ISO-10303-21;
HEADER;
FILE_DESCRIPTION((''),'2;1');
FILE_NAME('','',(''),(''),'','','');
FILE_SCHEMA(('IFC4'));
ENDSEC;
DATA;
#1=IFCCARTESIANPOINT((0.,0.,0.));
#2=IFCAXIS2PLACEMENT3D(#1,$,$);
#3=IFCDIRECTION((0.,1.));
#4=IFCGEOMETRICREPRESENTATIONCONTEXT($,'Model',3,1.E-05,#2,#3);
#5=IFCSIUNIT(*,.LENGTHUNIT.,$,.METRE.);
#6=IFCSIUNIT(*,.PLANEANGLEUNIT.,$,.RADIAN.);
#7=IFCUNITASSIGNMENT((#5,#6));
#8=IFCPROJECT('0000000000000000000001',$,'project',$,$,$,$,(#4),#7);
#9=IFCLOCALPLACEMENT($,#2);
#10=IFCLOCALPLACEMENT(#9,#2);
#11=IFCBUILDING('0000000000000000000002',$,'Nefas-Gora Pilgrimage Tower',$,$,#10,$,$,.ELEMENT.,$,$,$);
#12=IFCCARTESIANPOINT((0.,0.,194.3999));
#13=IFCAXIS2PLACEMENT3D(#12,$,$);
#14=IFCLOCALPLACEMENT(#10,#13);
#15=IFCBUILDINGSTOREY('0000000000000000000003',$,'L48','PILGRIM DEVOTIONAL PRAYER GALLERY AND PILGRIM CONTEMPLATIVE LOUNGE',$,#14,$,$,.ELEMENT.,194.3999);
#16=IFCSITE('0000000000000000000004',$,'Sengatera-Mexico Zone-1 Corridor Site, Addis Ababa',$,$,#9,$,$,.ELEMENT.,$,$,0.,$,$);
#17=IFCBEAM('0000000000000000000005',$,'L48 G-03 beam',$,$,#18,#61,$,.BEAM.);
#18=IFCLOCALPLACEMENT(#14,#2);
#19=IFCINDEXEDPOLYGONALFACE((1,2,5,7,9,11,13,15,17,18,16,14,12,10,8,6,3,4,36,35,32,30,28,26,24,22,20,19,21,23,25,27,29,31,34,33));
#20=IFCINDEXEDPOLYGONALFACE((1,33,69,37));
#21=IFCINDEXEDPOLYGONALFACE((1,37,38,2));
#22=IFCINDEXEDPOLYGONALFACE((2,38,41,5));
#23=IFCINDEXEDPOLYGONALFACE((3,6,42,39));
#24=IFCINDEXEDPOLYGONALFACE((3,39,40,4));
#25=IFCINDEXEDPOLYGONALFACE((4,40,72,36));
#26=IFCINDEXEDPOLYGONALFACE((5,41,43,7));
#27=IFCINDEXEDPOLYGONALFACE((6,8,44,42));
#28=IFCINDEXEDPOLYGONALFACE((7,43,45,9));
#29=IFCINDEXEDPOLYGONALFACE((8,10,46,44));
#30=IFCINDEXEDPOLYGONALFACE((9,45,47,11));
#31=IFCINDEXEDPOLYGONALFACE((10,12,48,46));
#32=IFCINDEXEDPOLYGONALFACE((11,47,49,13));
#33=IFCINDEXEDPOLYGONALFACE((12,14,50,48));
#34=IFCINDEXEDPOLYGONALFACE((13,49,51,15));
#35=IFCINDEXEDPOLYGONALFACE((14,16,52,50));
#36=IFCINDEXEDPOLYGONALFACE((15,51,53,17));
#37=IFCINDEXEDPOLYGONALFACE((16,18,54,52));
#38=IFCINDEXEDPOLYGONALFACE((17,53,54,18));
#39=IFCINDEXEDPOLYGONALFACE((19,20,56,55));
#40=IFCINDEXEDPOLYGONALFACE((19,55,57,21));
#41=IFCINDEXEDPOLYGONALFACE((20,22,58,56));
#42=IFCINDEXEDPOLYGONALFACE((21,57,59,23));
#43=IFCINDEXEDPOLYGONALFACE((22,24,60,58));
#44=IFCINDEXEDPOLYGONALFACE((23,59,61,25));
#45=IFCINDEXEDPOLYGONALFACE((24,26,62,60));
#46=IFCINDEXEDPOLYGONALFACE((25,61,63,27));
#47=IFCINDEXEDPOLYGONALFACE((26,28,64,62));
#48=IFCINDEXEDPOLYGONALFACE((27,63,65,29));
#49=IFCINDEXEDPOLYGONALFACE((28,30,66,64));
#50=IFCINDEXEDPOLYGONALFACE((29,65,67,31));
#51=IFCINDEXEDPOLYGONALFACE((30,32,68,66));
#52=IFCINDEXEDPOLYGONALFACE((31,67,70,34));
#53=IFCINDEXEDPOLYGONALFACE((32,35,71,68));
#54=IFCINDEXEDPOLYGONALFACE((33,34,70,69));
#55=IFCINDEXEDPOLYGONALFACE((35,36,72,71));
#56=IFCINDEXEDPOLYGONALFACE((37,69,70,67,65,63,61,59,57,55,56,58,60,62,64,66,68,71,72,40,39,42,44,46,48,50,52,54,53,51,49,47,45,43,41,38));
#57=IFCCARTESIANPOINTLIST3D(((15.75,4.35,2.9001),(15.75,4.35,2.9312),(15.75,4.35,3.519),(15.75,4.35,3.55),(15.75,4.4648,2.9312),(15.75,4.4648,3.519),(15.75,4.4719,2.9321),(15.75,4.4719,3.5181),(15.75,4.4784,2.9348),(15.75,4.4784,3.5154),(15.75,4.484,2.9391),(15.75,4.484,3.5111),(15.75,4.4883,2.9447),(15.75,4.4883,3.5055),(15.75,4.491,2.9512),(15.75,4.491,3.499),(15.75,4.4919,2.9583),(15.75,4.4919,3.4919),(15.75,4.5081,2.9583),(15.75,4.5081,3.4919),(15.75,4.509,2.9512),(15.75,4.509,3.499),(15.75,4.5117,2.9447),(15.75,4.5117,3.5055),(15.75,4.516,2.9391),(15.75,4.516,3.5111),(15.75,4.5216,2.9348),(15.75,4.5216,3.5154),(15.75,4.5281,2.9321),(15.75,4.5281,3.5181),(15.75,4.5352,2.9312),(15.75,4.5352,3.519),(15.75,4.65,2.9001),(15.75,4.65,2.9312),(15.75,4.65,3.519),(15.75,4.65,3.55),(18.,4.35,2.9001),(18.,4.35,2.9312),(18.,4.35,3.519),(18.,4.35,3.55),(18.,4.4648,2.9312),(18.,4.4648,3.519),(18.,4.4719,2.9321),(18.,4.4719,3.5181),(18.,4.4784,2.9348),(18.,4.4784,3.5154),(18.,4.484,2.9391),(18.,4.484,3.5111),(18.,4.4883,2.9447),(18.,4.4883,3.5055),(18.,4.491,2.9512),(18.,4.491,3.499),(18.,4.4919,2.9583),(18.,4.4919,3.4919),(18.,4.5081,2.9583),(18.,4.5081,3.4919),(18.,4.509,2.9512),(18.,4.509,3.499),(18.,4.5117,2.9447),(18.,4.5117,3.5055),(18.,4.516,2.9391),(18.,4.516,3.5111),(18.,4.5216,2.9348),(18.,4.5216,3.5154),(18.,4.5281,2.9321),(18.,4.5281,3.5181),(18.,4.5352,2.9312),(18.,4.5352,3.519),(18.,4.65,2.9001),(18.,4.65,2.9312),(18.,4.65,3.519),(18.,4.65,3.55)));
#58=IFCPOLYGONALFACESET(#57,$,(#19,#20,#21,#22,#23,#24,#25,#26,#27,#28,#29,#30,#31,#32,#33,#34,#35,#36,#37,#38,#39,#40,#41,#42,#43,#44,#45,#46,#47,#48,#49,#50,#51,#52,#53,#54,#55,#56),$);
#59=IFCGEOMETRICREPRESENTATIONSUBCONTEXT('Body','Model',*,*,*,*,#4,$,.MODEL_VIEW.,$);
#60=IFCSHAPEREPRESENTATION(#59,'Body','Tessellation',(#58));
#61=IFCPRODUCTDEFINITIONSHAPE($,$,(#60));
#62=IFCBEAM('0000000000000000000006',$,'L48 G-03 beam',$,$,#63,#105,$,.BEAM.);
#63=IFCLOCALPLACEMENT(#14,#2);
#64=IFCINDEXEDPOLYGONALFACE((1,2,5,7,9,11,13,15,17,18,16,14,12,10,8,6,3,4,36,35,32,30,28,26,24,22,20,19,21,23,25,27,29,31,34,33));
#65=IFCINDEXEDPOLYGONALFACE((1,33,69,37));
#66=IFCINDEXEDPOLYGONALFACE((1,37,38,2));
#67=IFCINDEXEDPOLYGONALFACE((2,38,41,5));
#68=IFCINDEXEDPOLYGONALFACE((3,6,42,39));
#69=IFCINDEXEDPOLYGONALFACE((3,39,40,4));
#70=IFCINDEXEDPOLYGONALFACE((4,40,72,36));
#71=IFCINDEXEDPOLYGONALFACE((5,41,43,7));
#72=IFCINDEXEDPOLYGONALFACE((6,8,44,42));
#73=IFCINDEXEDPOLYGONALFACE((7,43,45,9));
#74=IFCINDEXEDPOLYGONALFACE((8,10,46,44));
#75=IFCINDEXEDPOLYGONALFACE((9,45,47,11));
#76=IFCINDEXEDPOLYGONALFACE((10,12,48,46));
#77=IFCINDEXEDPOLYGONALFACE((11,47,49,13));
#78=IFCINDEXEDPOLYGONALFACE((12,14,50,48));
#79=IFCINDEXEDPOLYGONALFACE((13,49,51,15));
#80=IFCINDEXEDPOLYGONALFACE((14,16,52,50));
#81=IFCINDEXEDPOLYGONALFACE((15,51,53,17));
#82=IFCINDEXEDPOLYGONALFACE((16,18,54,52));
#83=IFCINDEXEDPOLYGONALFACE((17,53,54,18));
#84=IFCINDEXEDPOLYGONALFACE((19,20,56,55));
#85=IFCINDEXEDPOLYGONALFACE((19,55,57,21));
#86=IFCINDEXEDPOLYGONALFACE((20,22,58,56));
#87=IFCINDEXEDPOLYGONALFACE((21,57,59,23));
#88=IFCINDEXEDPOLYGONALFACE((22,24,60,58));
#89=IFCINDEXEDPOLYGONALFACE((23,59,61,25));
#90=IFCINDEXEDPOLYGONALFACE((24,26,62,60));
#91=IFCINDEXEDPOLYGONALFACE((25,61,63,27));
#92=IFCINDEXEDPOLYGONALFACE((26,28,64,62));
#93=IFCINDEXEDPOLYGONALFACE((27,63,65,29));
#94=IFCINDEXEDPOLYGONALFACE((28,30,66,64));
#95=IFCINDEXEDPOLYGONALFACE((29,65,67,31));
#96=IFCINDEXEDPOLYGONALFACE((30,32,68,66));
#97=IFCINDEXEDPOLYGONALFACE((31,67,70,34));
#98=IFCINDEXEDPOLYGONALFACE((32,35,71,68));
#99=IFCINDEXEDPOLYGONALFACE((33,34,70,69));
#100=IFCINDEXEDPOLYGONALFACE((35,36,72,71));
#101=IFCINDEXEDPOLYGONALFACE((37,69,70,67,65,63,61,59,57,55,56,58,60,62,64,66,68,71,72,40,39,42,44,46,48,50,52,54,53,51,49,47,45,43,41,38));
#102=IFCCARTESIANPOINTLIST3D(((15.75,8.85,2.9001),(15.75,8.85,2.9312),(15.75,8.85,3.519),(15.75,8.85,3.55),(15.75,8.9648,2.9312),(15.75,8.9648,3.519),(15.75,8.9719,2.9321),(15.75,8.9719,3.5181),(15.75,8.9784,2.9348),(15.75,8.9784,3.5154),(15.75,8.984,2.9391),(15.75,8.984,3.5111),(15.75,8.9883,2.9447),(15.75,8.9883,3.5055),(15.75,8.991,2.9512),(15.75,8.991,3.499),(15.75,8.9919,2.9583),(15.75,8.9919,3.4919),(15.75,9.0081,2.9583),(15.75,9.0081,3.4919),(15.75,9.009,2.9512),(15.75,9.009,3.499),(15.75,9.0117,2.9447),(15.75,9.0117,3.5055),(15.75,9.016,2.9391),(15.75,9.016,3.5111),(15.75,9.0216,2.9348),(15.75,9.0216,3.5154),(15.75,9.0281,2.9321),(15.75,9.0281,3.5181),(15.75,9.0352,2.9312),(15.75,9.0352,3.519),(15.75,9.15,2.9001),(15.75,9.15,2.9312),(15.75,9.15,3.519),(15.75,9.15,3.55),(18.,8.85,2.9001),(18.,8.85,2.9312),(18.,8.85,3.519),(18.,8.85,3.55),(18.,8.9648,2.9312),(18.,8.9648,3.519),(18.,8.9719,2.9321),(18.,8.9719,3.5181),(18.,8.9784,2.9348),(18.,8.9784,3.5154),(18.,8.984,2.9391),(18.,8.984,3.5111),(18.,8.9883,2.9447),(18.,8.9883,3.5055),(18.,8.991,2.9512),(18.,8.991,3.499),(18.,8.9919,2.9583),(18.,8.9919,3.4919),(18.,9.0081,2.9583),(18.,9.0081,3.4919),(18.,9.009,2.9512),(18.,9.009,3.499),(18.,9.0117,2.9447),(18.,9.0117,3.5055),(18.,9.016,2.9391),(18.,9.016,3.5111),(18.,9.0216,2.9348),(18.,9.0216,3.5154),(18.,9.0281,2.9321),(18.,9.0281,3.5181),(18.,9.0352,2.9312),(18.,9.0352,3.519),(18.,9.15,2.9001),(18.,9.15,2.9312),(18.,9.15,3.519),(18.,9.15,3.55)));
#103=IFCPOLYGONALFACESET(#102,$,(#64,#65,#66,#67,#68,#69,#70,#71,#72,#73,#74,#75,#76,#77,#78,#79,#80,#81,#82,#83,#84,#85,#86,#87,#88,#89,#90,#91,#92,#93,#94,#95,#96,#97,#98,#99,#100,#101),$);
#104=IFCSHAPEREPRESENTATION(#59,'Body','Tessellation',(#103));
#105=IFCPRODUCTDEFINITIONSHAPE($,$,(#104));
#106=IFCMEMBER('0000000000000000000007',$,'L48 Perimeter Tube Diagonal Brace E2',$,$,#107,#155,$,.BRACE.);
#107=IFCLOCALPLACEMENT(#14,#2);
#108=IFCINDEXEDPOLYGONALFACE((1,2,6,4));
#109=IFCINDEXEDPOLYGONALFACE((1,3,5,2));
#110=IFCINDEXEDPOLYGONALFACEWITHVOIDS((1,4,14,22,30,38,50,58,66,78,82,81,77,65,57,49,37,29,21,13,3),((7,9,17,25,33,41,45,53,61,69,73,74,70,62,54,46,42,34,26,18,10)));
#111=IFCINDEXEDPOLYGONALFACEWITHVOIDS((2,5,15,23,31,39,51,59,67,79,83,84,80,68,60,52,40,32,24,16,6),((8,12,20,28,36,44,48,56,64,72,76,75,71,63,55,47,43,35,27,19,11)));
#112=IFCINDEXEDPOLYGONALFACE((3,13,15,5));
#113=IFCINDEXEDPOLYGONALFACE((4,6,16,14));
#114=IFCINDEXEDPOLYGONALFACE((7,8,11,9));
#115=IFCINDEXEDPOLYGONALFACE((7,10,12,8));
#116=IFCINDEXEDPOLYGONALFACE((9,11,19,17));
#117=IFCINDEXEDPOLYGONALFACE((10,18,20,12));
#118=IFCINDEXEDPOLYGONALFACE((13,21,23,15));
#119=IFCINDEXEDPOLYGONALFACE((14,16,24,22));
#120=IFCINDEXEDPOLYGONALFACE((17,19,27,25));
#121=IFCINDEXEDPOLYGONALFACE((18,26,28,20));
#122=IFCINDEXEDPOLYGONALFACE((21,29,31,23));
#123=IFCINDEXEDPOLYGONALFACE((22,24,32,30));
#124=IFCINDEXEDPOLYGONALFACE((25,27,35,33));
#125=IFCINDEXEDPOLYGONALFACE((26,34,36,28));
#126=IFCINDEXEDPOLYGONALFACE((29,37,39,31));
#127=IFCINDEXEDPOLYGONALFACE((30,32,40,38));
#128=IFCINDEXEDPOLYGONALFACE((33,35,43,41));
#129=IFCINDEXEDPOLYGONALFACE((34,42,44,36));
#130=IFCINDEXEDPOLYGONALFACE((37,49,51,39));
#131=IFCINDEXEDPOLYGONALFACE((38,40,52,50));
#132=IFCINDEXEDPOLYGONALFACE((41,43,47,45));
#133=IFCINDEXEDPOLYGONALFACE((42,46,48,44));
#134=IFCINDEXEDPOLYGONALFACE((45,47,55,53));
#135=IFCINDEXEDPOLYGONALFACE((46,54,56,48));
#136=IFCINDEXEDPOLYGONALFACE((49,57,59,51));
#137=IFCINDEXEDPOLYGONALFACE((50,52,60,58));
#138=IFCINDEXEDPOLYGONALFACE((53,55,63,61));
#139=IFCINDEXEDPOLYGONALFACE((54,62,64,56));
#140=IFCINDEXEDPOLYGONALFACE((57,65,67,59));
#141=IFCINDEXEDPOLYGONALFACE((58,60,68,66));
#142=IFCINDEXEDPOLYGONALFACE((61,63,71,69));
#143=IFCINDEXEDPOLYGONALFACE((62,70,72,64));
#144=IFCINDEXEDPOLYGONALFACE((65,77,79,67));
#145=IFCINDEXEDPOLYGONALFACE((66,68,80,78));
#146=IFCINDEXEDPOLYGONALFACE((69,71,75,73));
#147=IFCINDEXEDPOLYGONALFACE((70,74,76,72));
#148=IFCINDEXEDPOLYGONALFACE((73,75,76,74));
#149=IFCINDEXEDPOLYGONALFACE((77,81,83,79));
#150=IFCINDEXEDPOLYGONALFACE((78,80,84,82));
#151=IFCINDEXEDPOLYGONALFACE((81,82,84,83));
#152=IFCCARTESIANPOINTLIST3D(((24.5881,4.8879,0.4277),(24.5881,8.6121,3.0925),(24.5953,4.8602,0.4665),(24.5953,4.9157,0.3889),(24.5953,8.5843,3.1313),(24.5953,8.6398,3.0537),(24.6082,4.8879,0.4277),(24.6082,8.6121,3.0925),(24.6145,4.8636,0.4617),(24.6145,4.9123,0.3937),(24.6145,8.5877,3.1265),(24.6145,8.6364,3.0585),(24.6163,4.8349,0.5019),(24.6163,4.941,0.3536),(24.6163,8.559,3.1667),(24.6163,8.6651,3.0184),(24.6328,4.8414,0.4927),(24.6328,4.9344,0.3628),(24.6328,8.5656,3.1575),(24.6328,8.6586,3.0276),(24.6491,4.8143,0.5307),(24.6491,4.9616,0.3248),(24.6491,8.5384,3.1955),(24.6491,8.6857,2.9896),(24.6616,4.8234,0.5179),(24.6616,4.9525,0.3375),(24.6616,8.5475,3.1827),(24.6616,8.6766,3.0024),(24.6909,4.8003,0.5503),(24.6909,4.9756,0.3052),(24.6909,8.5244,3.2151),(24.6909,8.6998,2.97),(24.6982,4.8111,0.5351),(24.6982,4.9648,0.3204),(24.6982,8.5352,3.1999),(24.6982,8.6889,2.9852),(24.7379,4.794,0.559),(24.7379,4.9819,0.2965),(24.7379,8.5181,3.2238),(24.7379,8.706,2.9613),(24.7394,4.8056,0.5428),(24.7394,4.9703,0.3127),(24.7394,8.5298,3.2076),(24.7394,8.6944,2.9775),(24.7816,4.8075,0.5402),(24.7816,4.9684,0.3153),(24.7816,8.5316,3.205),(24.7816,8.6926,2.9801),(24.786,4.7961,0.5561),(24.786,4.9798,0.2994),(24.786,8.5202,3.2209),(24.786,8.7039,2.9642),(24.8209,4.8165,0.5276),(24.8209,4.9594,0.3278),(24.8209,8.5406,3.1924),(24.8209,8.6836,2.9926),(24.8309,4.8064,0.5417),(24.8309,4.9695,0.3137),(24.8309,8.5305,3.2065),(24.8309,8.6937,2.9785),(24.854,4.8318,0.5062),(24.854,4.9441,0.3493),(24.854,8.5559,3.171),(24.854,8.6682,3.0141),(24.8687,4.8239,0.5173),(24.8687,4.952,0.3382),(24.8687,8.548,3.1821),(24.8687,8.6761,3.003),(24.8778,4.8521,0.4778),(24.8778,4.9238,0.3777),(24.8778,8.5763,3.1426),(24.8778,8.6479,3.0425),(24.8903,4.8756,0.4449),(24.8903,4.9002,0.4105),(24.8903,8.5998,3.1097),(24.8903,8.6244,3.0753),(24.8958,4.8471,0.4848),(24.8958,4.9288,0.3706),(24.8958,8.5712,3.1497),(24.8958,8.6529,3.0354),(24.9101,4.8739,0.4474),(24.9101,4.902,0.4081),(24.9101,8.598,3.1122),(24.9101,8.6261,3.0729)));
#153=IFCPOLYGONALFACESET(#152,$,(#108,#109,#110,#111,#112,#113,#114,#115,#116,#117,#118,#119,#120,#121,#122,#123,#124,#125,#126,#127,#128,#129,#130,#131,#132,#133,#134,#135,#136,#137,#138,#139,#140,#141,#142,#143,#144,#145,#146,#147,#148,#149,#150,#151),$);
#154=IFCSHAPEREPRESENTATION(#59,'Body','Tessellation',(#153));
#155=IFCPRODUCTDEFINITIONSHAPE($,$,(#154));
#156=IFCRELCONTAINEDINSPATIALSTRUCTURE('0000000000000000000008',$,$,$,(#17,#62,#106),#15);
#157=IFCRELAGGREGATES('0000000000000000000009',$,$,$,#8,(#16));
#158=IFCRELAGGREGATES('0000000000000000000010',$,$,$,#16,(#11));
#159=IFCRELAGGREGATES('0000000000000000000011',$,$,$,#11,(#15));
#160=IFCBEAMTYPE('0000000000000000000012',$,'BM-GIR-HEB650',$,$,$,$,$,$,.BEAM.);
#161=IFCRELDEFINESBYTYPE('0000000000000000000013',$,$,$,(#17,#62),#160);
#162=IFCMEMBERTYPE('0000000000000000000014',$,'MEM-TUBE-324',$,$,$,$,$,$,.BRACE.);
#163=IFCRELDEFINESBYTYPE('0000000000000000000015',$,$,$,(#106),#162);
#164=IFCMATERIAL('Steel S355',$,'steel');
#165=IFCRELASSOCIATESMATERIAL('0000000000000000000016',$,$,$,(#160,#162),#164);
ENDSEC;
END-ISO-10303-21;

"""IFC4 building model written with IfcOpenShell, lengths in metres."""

from ifc_helpers import new_model, si_unit, direction, frame, origin, origin_2d, place, context, subcontext, project, spatial, hollow_circle, i_section, extrude, source, transform, mapped, material, material_profile, profile_set, type_object, element, save


model = new_model("IFC4")

# Units and contexts
model_context = context("Model", 3, precision=1e-05, world=origin(), true_north=direction((0.0, 1.0)))
body_context = subcontext(model_context, "Body", "Model", "MODEL_VIEW")
ifc_project = project(units=[si_unit("LENGTHUNIT", "METRE"), si_unit("PLANEANGLEUNIT", "RADIAN")], contexts=[model_context])

# Site, building, storey
site_placement = place(None, origin())
site = spatial("IfcSite", under=ifc_project, at=site_placement, Name="Sengatera-Mexico Zone-1 Corridor Site, Addis Ababa", CompositionType="ELEMENT", RefElevation=0.0)
building_placement = place(site_placement, origin())
building = spatial("IfcBuilding", under=site, at=building_placement, Name="Nefas-Gora Pilgrimage Tower", CompositionType="ELEMENT")
storey_placement = place(building_placement, frame((0.0, 0.0, 194.3999)))
storey = spatial("IfcBuildingStorey", under=building, at=storey_placement, Name="L48", Description="PILGRIM DEVOTIONAL PRAYER GALLERY AND PILGRIM CONTEMPLATIVE LOUNGE", CompositionType="ELEMENT", Elevation=194.3999)

# Beams
ifc_material_1 = material(Name="Steel S355", Category="steel")
ifc_material_profile_1 = material_profile(ifc_material_1, i_section(OverallWidth=0.3, OverallDepth=0.6499, WebThickness=0.0161, FlangeThickness=0.031, FilletRadius=0.0271, at=origin_2d()), Name="HEB 650")
ifc_profile_set_1 = profile_set([ifc_material_profile_1], Name="Steel S355")
beam_type_1 = type_object("IfcBeamType", Name="BM-GIR-HEB650", PredefinedType="BEAM", material=ifc_profile_set_1)
shared_shape_1 = source(origin(), body_context, "Body", "SweptSolid", [
    extrude(i_section(OverallWidth=0.3, OverallDepth=0.6499, WebThickness=0.0161, FlangeThickness=0.031, FilletRadius=0.0271, at=origin_2d()), origin(), (0.0, 0.0, 1.0), 2.25),
])
for number, where, z_axis, x_axis, name in (
    (1, (15.75, 4.5, 3.2251), (1.0, 0.0, 0.0), (0.0, 1.0, 0.0), "L48 G-03 beam"),
    (2, (15.75, 9.0, 3.2251), (1.0, 0.0, 0.0), (0.0, 1.0, 0.0), "L48 G-03 beam"),
):
    element("IfcBeam", number, at=place(storey_placement, frame(where, z_axis=z_axis, x_axis=x_axis)), inside=storey, type_object=beam_type_1, Name=name, PredefinedType="BEAM", context=body_context, shape_type="MappedRepresentation", body=[
        mapped(shared_shape_1, transform((0.0, 0.0, 0.0), x_axis=(1.0, 0.0, 0.0), y_axis=(0.0, 1.0, 0.0), z_axis=(0.0, 0.0, 1.0), scale=1.0)),
    ])

# Member
ifc_material_profile_2 = material_profile(ifc_material_1, hollow_circle(Radius=0.1619, WallThickness=0.02, at=origin_2d()), Name="CHS 323.9x20")
ifc_profile_set_2 = profile_set([ifc_material_profile_2], Name="Steel S355")
member_type_1 = type_object("IfcMemberType", Name="MEM-TUBE-324", PredefinedType="BRACE", material=ifc_profile_set_2)
shared_shape_2 = source(origin(), body_context, "Body", "SweptSolid", [
    extrude(hollow_circle(Radius=0.1619, WallThickness=0.02, at=origin_2d()), origin(), (0.0, 0.0, 1.0), 4.5793),
])
member_1_placement = place(storey_placement, frame((24.75, 4.8879, 0.4277), z_axis=(0.0, 0.813247, 0.581919), x_axis=(-1.0, 0.0, 0.0)))
element("IfcMember", 3, at=member_1_placement, inside=storey, type_object=member_type_1, Name="L48 Perimeter Tube Diagonal Brace E2", PredefinedType="BRACE", context=body_context, shape_type="MappedRepresentation", body=[
    mapped(shared_shape_2, transform((0.0, 0.0, 0.0), x_axis=(1.0, 0.0, 0.0), y_axis=(0.0, 1.0, 0.0), z_axis=(0.0, 0.0, 1.0), scale=1.0)),
])

save(model, "model.ifc")
